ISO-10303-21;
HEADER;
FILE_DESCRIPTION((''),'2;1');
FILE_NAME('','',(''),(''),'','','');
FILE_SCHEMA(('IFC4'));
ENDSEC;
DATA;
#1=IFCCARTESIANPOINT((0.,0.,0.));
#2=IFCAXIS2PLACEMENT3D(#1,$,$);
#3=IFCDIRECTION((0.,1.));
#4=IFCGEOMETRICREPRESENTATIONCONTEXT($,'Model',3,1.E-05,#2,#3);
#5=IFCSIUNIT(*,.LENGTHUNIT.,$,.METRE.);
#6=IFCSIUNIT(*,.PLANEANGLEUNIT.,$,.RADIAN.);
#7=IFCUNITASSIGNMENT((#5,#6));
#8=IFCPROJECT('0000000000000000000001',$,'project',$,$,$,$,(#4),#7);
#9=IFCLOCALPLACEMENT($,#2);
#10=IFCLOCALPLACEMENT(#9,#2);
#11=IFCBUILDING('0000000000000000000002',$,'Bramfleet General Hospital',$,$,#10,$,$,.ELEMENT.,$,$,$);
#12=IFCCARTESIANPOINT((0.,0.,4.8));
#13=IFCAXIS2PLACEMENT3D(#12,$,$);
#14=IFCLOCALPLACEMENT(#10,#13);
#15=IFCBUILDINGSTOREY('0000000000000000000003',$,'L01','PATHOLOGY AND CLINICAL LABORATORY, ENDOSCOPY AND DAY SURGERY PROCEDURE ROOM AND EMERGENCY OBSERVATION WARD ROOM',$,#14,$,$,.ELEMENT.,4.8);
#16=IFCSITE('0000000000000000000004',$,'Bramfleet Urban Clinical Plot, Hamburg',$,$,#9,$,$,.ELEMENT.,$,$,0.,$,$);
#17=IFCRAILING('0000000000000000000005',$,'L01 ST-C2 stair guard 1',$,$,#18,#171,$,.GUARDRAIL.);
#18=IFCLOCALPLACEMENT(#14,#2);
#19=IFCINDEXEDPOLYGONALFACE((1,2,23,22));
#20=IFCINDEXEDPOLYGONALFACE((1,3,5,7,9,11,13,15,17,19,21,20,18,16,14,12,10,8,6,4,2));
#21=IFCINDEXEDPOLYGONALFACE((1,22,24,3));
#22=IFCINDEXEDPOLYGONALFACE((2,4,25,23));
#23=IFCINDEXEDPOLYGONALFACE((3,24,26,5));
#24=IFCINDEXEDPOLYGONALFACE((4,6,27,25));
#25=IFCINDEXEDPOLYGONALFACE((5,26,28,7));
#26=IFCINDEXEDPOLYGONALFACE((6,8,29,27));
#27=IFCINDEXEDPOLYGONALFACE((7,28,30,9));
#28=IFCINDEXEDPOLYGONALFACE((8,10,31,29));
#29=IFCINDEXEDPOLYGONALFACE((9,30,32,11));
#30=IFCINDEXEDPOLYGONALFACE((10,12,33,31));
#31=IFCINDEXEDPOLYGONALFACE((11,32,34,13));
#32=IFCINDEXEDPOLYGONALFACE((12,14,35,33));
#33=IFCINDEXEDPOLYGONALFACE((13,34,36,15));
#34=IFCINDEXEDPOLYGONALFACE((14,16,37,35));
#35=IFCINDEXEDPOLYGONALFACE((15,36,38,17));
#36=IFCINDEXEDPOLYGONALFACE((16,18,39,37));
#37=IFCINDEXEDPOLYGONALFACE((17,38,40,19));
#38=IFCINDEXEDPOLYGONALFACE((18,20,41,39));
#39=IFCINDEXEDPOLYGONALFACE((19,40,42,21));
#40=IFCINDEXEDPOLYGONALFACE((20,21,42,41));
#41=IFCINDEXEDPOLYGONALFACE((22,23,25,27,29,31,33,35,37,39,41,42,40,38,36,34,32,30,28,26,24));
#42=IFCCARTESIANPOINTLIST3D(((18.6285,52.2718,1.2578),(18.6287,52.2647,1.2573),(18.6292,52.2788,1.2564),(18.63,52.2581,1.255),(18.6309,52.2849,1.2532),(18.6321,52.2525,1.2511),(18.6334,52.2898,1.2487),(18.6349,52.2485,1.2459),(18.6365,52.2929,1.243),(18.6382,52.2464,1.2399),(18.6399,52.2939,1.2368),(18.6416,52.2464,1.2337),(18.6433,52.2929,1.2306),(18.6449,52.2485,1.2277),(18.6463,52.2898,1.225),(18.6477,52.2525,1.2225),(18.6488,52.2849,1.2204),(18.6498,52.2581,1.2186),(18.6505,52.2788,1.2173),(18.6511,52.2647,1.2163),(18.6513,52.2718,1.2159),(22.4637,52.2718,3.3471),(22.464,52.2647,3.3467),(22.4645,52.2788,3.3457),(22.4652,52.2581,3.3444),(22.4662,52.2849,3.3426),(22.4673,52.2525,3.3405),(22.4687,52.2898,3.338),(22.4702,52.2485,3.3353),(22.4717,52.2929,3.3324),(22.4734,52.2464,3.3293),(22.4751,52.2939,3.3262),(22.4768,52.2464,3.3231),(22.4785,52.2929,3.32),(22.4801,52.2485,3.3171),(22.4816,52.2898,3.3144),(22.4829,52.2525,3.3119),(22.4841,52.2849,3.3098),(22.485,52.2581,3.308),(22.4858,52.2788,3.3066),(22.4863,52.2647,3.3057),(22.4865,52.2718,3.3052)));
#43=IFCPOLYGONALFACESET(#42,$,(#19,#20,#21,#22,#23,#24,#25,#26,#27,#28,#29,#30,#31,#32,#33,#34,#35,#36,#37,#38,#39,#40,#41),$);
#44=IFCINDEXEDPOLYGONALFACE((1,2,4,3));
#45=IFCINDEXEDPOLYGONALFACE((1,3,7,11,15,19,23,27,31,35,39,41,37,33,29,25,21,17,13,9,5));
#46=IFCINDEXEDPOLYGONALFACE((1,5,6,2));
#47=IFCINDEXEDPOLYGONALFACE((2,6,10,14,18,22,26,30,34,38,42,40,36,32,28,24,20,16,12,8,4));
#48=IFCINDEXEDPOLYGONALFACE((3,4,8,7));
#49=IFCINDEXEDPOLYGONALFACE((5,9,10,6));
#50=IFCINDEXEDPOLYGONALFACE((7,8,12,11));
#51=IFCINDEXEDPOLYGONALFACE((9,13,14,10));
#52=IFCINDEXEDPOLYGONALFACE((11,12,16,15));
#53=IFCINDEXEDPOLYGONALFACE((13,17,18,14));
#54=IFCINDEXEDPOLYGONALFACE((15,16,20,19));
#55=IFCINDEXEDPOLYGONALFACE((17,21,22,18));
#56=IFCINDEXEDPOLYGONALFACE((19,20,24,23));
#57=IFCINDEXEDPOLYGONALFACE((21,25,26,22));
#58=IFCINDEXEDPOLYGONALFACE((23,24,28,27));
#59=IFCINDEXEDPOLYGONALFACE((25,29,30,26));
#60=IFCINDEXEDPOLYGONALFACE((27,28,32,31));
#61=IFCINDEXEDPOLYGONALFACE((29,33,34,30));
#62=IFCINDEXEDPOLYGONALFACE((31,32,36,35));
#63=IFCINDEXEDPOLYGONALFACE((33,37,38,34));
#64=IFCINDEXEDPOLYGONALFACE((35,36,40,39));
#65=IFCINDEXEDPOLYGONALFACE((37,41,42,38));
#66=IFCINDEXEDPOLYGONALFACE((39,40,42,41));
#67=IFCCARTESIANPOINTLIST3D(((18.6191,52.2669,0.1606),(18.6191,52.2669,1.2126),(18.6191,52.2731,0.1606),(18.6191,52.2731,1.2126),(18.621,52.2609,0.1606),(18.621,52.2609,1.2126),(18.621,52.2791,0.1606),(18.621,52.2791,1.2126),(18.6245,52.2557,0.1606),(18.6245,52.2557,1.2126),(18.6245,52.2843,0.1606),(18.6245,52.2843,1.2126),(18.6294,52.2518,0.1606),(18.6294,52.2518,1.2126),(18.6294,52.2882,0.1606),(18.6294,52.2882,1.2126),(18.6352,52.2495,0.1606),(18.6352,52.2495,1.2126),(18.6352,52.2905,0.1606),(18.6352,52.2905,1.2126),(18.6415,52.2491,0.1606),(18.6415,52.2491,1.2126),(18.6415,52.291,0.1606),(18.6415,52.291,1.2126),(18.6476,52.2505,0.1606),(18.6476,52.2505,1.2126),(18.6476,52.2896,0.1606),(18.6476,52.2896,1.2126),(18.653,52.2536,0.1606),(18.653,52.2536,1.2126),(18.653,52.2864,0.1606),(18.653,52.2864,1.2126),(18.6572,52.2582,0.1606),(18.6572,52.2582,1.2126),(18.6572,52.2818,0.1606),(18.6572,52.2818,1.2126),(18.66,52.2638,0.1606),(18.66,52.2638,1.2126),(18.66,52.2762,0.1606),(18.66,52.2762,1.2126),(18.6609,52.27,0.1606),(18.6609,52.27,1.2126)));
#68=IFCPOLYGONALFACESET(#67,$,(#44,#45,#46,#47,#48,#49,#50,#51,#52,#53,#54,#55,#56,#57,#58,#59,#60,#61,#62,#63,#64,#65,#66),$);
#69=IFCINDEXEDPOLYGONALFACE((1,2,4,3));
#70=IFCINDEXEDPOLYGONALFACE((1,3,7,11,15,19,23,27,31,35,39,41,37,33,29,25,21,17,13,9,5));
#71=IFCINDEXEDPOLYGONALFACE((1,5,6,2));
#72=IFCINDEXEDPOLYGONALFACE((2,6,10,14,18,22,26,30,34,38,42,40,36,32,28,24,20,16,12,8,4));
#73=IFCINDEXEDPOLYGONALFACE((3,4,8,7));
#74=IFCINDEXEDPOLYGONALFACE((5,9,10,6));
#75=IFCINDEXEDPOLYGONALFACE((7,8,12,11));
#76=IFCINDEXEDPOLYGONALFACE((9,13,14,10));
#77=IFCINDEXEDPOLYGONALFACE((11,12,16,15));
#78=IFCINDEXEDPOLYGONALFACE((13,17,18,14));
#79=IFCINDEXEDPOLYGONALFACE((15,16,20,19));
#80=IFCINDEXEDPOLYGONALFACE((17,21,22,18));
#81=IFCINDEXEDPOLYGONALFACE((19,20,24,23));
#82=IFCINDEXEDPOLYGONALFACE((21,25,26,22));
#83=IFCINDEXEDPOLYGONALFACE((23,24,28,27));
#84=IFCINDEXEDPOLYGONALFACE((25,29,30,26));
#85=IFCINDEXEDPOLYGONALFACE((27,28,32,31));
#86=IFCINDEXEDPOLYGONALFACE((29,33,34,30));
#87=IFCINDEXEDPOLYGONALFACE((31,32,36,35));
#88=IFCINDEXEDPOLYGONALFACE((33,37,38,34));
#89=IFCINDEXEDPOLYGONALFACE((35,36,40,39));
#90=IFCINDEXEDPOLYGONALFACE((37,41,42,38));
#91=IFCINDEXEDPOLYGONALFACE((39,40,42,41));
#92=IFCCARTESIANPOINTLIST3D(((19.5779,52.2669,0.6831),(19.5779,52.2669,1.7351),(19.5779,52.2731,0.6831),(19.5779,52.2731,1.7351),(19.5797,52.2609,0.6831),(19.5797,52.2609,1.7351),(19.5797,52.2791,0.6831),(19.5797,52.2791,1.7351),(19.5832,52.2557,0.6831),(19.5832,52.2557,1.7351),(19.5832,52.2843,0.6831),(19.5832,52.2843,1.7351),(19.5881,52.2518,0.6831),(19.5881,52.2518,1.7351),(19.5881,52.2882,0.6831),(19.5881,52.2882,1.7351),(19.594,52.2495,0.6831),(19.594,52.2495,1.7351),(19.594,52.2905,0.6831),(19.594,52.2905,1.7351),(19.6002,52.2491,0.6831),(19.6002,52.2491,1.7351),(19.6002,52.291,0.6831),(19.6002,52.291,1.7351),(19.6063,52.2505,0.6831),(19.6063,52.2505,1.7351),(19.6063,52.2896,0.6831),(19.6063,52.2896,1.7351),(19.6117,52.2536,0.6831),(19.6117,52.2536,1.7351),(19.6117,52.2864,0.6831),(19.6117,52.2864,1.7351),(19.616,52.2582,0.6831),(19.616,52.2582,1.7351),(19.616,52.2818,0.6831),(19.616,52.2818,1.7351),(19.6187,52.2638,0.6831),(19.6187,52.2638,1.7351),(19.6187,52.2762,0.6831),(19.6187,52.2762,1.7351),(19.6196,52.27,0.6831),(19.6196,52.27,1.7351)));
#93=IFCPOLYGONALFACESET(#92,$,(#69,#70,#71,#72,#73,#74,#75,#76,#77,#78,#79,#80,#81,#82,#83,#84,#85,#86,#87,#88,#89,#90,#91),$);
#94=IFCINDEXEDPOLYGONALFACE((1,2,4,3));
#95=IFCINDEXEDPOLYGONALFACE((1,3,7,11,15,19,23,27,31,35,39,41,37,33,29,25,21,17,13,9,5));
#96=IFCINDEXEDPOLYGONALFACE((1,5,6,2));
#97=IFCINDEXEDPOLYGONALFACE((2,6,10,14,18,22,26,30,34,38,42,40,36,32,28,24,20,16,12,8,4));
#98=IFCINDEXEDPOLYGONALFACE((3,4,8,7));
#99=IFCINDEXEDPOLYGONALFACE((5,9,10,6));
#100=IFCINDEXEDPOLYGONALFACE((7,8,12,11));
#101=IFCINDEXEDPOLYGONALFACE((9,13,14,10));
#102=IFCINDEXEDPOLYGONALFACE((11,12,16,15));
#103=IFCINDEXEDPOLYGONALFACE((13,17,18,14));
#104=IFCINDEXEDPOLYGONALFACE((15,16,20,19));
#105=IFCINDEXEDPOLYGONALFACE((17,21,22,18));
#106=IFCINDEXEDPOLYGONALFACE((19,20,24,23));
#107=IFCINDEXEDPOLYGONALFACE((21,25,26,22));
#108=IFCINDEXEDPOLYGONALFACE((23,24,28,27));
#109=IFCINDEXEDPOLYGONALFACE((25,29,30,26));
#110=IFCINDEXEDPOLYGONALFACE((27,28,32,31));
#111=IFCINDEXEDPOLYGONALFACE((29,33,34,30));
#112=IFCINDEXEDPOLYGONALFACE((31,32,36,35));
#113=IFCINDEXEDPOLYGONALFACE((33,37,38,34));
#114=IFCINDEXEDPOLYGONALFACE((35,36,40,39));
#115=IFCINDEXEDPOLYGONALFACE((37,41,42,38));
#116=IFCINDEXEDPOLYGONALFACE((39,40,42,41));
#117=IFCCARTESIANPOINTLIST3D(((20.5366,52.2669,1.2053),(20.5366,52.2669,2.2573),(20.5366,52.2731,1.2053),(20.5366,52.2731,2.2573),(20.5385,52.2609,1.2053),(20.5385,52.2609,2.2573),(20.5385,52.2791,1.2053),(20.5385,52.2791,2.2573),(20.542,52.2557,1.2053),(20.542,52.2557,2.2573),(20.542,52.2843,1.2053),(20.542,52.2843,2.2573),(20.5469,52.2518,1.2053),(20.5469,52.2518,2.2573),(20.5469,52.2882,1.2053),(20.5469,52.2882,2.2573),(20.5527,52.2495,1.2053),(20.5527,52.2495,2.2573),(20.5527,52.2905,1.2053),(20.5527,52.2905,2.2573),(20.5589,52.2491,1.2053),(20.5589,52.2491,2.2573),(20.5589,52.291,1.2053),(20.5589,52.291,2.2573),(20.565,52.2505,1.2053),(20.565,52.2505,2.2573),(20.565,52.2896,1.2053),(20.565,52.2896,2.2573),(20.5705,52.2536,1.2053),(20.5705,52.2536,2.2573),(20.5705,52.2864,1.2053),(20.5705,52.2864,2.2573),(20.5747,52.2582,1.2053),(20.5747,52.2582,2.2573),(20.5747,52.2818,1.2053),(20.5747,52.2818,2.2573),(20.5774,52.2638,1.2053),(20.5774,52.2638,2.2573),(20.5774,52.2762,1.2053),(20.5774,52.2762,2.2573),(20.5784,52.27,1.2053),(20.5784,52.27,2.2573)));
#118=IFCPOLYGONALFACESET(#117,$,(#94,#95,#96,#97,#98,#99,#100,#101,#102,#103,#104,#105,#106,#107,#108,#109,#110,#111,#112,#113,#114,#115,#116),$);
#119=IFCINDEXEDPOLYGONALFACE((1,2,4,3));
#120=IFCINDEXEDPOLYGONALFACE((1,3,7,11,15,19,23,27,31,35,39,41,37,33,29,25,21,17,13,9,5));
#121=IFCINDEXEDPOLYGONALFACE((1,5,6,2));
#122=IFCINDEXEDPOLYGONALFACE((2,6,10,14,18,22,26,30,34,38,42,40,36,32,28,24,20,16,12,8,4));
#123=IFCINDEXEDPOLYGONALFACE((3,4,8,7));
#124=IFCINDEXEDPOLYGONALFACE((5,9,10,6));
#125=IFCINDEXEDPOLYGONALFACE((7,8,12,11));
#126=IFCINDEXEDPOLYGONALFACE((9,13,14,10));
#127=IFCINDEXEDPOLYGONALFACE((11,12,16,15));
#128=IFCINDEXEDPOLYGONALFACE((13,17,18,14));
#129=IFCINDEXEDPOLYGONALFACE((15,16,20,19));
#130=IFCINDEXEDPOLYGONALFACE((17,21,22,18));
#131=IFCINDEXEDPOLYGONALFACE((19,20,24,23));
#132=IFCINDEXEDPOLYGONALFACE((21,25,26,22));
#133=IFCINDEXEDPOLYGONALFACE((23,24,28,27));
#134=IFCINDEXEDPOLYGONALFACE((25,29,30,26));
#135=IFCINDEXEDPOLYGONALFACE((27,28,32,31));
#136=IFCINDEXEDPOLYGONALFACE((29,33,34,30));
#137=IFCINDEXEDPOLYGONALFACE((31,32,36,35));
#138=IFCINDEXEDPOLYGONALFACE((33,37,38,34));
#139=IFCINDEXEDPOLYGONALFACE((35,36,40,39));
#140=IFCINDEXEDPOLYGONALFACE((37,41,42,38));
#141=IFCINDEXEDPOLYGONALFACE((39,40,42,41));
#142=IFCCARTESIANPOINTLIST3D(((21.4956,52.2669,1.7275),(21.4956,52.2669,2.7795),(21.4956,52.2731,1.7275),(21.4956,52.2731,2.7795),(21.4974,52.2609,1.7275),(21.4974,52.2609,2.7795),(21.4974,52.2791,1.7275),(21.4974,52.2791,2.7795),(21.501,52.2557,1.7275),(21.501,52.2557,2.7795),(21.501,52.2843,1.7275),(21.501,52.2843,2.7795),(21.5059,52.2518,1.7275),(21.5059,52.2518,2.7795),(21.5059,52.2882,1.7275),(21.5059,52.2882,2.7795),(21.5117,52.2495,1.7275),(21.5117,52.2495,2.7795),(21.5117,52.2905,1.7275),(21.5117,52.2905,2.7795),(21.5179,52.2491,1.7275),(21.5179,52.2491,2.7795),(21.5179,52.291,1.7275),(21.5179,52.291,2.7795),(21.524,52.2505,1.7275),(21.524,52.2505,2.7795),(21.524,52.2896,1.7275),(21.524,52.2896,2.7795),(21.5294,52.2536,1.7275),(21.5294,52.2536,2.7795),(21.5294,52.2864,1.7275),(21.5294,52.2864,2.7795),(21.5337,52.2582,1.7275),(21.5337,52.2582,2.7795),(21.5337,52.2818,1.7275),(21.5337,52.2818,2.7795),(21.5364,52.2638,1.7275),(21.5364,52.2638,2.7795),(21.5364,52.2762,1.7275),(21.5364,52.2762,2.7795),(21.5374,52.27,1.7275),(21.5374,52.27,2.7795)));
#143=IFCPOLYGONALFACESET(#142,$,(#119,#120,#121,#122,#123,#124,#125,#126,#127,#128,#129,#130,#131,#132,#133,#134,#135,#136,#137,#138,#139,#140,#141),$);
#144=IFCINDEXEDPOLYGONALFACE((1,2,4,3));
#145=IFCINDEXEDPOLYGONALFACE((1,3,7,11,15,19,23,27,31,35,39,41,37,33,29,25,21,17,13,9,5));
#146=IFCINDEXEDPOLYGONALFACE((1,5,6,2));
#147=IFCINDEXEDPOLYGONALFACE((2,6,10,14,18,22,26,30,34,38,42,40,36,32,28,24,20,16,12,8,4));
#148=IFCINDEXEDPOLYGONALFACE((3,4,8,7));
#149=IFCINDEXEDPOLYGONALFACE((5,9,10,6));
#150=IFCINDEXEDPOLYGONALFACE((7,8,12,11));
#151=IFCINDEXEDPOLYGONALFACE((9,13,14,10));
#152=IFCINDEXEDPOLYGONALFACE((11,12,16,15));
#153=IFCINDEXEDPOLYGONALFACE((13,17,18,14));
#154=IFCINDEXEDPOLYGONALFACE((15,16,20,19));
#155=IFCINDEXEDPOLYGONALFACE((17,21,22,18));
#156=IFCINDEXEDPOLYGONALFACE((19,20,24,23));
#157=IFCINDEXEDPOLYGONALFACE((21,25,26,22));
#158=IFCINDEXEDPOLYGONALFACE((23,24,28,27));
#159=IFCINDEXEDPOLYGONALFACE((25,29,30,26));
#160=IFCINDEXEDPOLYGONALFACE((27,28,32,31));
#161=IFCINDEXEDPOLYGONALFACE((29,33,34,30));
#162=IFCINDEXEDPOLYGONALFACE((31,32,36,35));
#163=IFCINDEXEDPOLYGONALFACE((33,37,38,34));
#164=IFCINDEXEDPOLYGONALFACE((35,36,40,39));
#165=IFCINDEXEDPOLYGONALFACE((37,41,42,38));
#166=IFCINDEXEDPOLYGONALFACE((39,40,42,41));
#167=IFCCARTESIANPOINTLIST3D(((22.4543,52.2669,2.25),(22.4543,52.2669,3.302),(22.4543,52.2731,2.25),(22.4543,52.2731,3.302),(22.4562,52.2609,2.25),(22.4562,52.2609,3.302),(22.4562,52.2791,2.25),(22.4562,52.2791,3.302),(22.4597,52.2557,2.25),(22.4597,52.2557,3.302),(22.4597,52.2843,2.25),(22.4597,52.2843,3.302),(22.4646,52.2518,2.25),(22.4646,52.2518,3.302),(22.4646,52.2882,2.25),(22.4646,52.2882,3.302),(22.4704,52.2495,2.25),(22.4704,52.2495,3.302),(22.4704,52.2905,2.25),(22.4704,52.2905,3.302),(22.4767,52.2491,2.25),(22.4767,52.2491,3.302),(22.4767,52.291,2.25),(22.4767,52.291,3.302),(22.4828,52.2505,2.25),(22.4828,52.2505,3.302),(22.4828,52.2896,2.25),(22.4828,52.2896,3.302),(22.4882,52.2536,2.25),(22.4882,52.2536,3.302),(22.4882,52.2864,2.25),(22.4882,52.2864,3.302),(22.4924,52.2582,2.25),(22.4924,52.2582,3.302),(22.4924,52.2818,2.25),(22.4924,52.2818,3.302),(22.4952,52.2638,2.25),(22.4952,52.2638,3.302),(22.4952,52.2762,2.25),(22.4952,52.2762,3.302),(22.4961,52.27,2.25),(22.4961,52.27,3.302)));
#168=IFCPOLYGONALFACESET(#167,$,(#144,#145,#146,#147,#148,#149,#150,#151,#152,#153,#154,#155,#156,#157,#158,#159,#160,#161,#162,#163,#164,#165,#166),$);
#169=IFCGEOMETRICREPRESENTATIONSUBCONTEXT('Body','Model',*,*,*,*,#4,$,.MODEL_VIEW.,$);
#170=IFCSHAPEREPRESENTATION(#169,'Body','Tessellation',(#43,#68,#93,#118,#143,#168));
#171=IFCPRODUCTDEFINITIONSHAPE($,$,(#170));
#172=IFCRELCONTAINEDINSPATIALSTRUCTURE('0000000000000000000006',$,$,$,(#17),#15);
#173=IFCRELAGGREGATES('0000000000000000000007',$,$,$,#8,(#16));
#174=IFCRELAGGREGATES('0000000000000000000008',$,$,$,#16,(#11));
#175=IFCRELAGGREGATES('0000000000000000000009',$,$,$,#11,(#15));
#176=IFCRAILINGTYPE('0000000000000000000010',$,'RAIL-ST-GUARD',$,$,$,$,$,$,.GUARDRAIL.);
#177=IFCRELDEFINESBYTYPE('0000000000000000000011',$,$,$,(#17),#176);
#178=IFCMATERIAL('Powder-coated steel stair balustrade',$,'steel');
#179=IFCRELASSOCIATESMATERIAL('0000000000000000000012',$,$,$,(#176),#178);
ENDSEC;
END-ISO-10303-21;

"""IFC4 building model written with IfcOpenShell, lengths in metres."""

from ifc_helpers import new_model, si_unit, direction, frame, origin, origin_2d, place, context, subcontext, project, spatial, circle, extrude, material, type_object, element, save


model = new_model("IFC4")

# Units and contexts
model_context = context("Model", 3, precision=1e-05, world=origin(), true_north=direction((0.0, 1.0)))
body_context = subcontext(model_context, "Body", "Model", "MODEL_VIEW")
ifc_project = project(units=[si_unit("LENGTHUNIT", "METRE"), si_unit("PLANEANGLEUNIT", "RADIAN")], contexts=[model_context])

# Site, building, storey
site_placement = place(None, origin())
site = spatial("IfcSite", under=ifc_project, at=site_placement, Name="Bramfleet Urban Clinical Plot, Hamburg", CompositionType="ELEMENT", RefElevation=0.0)
building_placement = place(site_placement, origin())
building = spatial("IfcBuilding", under=site, at=building_placement, Name="Bramfleet General Hospital", CompositionType="ELEMENT")
storey_placement = place(building_placement, frame((0.0, 0.0, 4.8)))
storey = spatial("IfcBuildingStorey", under=building, at=storey_placement, Name="L01", Description="PATHOLOGY AND CLINICAL LABORATORY, ENDOSCOPY AND DAY SURGERY PROCEDURE ROOM AND EMERGENCY OBSERVATION WARD ROOM", CompositionType="ELEMENT", Elevation=4.8)

# Railing
ifc_material_1 = material(Name="Powder-coated steel stair balustrade", Category="steel")
railing_type_1 = type_object("IfcRailingType", Name="RAIL-ST-GUARD", PredefinedType="GUARDRAIL", material=ifc_material_1)
railing_1_placement = place(storey_placement, frame((18.6399, 52.27, 0.1606)))
element("IfcRailing", 1, at=railing_1_placement, inside=storey, type_object=railing_type_1, Name="L01 ST-C2 stair guard 1", PredefinedType="GUARDRAIL", context=body_context, shape_type="SweptSolid", body=[
    extrude(circle(Radius=0.0239, at=origin_2d()), frame((0.0, 0.0, 1.0762), z_axis=(0.878143, 0.0, 0.478398), x_axis=(0.0, 1.0, 0.0)), (0.0, 0.0, 1.0), 4.3674),
    extrude(circle(Radius=0.021, at=origin_2d()), origin(), (0.0, 0.0, 1.0), 1.052),
    extrude(circle(Radius=0.021, at=origin_2d()), frame((0.9587, 0.0, 0.5225)), (0.0, 0.0, 1.0), 1.052),
    extrude(circle(Radius=0.021, at=origin_2d()), frame((1.9175, 0.0, 1.0447)), (0.0, 0.0, 1.0), 1.052),
    extrude(circle(Radius=0.021, at=origin_2d()), frame((2.8765, 0.0, 1.5669)), (0.0, 0.0, 1.0), 1.052),
    extrude(circle(Radius=0.021, at=origin_2d()), frame((3.8352, 0.0, 2.0894)), (0.0, 0.0, 1.0), 1.052),
])

save(model, "model.ifc")
